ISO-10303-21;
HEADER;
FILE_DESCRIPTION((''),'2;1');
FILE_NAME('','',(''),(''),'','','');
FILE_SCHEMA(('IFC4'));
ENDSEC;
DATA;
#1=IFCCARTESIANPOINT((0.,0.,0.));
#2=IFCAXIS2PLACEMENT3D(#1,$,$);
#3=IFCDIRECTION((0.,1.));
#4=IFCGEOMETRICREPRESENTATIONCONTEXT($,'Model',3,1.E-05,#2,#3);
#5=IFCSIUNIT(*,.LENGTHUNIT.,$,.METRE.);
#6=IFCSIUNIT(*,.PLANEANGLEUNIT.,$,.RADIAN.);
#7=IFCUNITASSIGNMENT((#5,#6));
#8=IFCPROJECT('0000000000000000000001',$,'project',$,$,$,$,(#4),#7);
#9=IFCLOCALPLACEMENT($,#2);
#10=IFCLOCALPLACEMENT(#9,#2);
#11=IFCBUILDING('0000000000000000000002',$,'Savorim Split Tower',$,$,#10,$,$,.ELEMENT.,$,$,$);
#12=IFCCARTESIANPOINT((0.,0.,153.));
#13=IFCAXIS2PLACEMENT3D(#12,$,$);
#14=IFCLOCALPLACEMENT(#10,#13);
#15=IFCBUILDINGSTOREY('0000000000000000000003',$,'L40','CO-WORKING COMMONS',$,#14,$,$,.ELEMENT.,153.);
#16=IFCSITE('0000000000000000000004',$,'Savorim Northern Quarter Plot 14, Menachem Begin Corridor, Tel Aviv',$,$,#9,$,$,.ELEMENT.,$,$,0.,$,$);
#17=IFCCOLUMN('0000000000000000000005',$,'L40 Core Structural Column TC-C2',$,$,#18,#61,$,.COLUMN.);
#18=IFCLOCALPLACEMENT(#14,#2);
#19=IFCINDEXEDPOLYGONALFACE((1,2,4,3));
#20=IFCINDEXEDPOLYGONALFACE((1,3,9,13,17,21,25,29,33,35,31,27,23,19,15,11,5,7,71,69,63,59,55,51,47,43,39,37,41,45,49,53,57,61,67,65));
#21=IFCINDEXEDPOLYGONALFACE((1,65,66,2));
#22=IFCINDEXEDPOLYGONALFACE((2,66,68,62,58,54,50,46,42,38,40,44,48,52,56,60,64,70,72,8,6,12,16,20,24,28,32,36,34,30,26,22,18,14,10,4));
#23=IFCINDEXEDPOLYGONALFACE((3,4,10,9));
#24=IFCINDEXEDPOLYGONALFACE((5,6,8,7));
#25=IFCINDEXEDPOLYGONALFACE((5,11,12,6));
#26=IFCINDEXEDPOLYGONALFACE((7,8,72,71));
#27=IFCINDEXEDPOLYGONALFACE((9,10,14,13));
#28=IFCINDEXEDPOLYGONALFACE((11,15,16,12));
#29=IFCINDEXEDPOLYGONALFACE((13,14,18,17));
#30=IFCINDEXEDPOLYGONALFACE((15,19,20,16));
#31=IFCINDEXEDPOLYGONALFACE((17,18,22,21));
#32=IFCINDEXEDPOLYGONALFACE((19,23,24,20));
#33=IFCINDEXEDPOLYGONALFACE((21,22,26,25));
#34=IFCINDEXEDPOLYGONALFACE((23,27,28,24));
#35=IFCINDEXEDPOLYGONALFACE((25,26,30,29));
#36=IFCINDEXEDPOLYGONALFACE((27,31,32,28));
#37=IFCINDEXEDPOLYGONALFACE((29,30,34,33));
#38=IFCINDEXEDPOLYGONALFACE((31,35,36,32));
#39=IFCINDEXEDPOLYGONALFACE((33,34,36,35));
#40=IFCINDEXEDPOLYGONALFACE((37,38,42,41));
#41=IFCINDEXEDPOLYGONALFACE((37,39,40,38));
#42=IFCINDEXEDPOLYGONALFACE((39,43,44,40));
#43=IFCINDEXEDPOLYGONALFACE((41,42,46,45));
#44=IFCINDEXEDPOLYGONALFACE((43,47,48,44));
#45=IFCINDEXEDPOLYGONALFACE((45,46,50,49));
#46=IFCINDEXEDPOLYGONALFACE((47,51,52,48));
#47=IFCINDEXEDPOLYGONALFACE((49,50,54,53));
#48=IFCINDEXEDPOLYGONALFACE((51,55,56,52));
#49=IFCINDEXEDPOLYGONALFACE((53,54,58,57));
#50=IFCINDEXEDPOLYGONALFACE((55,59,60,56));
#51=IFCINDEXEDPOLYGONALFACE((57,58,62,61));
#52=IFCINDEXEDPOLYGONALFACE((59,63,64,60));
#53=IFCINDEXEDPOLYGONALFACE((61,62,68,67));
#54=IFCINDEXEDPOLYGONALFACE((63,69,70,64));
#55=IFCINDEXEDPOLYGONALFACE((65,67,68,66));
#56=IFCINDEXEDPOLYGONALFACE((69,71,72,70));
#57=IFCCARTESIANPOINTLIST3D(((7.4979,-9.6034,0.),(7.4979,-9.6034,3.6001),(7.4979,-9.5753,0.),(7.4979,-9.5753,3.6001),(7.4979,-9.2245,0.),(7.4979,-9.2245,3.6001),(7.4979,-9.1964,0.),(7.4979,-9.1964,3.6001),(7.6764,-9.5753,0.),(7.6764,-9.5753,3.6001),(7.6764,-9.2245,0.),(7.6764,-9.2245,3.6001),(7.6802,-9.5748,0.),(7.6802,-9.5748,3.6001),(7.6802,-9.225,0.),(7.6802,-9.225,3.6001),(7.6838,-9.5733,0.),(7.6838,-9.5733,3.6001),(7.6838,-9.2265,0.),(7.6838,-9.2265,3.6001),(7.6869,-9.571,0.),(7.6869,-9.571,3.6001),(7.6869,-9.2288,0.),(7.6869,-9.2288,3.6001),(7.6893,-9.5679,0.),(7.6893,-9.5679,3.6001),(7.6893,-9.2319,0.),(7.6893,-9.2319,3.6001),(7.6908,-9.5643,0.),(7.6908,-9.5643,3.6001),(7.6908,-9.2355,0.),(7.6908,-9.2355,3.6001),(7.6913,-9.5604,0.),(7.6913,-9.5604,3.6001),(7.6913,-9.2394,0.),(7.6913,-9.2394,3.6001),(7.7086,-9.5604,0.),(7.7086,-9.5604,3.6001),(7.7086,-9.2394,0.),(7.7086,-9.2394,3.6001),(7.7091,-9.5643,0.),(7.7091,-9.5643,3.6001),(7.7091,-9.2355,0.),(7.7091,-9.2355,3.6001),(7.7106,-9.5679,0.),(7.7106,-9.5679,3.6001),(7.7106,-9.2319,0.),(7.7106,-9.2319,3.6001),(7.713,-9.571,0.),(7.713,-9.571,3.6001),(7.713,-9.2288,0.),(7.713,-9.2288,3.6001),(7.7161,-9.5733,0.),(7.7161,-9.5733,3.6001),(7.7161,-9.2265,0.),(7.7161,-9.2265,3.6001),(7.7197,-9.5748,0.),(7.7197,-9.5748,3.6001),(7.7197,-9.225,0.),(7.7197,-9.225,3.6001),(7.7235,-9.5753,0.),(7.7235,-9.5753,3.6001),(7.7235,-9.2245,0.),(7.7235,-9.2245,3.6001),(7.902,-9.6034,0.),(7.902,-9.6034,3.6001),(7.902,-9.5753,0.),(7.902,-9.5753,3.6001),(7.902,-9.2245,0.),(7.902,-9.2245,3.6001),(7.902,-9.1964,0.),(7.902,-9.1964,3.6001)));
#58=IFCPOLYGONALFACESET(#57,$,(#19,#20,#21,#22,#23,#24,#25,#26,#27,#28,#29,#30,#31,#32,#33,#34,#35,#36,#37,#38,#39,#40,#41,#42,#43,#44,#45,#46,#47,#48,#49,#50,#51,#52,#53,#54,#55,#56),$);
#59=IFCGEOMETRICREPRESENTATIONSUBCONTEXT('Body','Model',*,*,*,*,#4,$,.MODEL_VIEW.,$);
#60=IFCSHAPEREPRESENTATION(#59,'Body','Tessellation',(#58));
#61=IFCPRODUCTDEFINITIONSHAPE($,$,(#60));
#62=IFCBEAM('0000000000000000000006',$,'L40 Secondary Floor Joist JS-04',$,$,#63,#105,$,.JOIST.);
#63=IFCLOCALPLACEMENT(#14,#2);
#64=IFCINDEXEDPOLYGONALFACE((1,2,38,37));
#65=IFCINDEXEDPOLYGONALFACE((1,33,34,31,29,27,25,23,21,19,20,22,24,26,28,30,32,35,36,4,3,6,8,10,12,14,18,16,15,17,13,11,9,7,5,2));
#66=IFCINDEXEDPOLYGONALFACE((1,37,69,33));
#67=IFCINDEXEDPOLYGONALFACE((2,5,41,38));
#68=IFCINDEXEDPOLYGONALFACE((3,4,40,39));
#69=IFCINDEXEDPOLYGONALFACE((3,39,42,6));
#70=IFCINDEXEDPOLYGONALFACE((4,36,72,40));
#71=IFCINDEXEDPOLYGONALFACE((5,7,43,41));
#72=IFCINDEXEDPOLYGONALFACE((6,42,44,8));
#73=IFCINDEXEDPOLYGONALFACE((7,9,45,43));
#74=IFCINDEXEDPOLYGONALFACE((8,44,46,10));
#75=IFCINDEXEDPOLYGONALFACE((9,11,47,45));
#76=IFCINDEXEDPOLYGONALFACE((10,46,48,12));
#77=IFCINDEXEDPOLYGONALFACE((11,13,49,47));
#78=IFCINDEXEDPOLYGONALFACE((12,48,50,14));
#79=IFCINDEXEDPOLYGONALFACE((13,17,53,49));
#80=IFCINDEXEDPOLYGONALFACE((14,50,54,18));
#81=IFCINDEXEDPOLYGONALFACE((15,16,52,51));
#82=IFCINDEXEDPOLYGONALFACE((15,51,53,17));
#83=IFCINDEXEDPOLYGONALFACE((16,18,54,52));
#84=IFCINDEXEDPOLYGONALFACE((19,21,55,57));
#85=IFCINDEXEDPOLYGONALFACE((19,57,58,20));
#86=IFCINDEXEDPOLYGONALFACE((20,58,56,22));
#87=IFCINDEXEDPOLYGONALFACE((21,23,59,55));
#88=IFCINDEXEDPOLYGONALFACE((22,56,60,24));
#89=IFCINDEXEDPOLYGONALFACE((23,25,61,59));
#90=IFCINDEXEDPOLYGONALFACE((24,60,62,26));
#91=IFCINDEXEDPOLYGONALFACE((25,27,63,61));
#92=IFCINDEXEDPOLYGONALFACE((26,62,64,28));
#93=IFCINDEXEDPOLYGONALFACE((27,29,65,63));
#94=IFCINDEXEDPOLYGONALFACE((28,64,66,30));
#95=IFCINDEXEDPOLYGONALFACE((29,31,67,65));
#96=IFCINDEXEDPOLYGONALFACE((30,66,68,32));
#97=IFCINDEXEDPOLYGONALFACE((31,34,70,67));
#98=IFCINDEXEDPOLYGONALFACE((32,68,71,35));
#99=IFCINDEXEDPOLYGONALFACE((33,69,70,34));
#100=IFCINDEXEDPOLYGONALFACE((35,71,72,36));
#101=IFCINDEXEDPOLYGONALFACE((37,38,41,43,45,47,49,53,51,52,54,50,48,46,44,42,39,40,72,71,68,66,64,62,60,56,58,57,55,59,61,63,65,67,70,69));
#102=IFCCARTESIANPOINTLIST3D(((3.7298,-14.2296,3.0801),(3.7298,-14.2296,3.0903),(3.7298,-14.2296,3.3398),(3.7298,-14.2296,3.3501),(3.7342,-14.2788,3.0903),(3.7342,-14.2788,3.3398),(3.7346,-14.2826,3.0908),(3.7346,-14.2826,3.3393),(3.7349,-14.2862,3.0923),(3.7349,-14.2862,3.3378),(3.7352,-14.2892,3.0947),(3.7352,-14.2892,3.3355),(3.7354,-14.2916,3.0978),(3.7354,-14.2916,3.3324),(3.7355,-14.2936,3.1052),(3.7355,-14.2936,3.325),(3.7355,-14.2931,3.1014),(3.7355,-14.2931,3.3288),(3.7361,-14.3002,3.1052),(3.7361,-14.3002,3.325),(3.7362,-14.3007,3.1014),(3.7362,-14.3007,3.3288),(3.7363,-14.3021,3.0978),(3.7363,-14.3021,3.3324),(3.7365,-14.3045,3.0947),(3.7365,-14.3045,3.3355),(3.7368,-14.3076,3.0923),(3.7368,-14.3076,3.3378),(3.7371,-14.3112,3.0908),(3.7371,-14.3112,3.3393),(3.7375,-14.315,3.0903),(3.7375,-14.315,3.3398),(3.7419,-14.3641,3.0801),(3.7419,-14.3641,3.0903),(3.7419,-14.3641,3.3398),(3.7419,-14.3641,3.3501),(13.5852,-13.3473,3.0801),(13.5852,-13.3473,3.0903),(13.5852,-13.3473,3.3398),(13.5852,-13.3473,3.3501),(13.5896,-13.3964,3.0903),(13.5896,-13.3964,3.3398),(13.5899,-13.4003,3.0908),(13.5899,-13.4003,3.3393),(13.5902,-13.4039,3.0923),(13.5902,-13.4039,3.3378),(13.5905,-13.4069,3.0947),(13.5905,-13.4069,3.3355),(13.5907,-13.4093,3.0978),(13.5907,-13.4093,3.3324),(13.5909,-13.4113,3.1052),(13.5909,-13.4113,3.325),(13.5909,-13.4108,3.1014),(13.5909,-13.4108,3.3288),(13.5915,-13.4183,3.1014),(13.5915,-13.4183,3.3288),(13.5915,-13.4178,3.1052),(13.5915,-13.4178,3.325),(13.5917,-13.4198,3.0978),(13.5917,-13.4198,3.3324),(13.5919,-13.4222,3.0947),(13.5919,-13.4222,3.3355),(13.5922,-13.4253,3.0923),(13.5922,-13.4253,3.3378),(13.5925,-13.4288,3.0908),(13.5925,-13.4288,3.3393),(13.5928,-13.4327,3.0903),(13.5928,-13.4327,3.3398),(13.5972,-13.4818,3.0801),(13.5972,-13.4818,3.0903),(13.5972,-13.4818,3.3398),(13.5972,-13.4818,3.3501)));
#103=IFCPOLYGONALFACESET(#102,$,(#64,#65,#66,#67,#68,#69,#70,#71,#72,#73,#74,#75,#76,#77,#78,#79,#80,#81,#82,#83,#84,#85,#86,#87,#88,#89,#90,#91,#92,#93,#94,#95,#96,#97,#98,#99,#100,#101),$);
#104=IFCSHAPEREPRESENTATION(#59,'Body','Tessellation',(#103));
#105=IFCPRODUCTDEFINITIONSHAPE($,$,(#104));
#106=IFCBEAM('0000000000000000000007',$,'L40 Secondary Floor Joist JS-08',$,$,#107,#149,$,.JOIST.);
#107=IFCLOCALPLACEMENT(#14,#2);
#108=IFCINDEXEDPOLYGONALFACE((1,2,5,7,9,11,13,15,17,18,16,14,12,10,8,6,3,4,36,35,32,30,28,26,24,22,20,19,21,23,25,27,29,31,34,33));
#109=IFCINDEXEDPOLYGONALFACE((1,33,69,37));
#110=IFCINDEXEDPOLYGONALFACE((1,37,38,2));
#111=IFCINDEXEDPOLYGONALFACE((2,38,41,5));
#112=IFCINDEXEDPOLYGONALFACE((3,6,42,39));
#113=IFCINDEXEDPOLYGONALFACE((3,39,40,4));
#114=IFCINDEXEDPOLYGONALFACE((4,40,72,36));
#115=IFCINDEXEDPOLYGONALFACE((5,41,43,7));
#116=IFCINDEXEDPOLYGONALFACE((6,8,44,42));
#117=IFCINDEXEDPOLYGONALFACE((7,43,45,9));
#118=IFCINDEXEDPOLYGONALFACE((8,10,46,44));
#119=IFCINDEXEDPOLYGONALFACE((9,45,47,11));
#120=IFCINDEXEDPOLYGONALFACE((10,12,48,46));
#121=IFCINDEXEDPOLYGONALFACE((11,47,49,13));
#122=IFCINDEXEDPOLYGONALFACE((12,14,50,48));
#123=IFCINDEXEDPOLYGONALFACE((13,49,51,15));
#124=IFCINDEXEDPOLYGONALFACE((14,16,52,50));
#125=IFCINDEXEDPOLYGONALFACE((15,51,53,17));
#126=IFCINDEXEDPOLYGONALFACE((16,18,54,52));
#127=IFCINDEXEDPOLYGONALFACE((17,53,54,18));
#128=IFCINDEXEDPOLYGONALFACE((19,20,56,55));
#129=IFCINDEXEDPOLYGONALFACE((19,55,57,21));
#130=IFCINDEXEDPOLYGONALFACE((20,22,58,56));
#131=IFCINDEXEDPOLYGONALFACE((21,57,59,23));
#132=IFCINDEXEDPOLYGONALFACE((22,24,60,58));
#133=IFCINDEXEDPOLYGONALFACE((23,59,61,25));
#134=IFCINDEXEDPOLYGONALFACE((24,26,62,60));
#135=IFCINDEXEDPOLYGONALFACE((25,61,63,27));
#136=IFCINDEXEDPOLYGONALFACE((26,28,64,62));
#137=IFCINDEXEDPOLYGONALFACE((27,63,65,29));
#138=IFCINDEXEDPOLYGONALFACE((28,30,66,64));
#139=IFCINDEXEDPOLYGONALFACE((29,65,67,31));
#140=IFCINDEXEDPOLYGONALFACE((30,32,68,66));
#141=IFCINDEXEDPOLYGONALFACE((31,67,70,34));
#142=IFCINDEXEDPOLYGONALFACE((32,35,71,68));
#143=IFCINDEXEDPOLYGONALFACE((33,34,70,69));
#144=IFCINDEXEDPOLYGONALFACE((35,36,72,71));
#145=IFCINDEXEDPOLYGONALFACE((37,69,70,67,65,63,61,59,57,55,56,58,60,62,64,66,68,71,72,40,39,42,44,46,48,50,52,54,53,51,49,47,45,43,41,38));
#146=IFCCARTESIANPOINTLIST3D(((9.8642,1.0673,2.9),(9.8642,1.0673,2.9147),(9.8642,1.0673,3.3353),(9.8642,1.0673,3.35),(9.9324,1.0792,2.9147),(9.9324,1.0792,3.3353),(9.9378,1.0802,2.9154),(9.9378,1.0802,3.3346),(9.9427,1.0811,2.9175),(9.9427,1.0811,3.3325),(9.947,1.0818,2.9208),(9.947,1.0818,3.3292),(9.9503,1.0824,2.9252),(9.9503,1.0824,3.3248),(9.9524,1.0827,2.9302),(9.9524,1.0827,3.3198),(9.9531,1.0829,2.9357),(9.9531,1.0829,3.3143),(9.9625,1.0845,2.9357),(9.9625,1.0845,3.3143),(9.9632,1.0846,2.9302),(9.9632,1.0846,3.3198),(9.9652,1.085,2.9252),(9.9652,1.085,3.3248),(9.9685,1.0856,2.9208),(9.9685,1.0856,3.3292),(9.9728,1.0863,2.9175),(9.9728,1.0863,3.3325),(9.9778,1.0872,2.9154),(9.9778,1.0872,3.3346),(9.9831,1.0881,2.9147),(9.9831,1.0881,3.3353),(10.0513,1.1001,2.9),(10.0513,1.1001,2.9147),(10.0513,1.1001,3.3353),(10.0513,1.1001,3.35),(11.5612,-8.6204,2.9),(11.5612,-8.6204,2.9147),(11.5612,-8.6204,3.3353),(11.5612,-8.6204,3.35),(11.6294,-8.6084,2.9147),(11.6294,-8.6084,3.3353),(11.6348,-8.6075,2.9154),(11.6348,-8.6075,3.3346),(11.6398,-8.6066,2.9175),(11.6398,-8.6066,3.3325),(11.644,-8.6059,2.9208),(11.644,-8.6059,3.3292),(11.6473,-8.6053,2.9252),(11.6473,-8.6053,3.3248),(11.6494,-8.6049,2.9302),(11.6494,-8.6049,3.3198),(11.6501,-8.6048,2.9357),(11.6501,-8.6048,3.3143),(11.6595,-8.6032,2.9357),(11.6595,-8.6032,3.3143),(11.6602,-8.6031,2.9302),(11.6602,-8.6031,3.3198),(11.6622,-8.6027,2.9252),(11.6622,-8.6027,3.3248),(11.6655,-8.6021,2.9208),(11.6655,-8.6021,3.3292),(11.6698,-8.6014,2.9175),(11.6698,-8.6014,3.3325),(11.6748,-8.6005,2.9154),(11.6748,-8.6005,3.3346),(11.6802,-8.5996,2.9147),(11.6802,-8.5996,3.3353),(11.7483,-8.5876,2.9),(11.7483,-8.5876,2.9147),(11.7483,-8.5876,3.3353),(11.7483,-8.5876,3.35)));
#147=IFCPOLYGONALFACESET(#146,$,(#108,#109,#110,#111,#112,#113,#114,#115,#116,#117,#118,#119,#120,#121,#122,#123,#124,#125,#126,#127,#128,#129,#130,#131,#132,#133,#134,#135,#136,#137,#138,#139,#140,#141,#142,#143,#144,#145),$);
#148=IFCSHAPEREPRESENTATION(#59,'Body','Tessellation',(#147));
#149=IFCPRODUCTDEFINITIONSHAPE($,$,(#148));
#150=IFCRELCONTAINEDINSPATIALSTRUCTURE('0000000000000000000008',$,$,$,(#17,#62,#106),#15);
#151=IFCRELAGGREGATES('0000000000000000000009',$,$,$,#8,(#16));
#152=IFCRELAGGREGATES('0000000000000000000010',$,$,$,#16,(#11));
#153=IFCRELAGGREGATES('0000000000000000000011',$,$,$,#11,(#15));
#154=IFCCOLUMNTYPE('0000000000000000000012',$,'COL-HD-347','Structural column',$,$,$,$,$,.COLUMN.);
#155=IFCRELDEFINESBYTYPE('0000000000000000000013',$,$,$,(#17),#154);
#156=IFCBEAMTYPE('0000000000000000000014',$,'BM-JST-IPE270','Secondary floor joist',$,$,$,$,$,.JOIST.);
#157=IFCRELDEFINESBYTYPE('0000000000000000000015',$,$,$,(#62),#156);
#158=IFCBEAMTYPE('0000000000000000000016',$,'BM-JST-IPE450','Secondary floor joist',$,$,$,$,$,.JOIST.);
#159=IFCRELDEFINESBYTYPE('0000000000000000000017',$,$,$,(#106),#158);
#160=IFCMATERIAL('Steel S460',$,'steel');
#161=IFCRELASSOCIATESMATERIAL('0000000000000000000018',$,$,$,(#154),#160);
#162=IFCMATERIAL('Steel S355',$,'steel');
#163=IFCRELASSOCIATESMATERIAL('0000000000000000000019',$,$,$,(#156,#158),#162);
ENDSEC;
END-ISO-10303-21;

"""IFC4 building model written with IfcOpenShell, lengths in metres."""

from ifc_helpers import new_model, si_unit, direction, frame, origin, origin_2d, place, context, subcontext, project, spatial, i_section, extrude, material, material_profile, profile_set, type_object, element, save


model = new_model("IFC4")

# Units and contexts
model_context = context("Model", 3, precision=1e-05, world=origin(), true_north=direction((0.0, 1.0)))
body_context = subcontext(model_context, "Body", "Model", "MODEL_VIEW")
ifc_project = project(units=[si_unit("LENGTHUNIT", "METRE"), si_unit("PLANEANGLEUNIT", "RADIAN")], contexts=[model_context])

# Site, building, storey
site_placement = place(None, origin())
site = spatial("IfcSite", under=ifc_project, at=site_placement, Name="Savorim Northern Quarter Plot 14, Menachem Begin Corridor, Tel Aviv", CompositionType="ELEMENT", RefElevation=0.0)
building_placement = place(site_placement, origin())
building = spatial("IfcBuilding", under=site, at=building_placement, Name="Savorim Split Tower", CompositionType="ELEMENT")
storey_placement = place(building_placement, frame((0.0, 0.0, 153.0)))
storey = spatial("IfcBuildingStorey", under=building, at=storey_placement, Name="L40", Description="CO-WORKING COMMONS", CompositionType="ELEMENT", Elevation=153.0)

# Column
ifc_material_1 = material(Name="Steel S460", Category="steel")
ifc_material_profile_1 = material_profile(ifc_material_1, i_section(OverallWidth=0.4041, OverallDepth=0.407, WebThickness=0.0173, FlangeThickness=0.0281, FilletRadius=0.0149, at=origin_2d()), Name="HD 400x347")
ifc_profile_set_1 = profile_set([ifc_material_profile_1], Name="Steel S460")
column_type = type_object("IfcColumnType", Name="COL-HD-347", Description="Structural column", PredefinedType="COLUMN", material=ifc_profile_set_1)
column_placement = place(storey_placement, frame((7.7, -9.3999, 0.0), z_axis=(0.0, 0.0, 1.0), x_axis=(1.0, 0.0, 0.0)))
element("IfcColumn", 1, at=column_placement, inside=storey, type_object=column_type, Name="L40 Core Structural Column TC-C2", PredefinedType="COLUMN", context=body_context, shape_type="SweptSolid", body=[
    extrude(i_section(OverallWidth=0.4041, OverallDepth=0.407, WebThickness=0.0173, FlangeThickness=0.0281, FilletRadius=0.0149, at=origin_2d()), origin(), (0.0, 0.0, 1.0), 3.6001),
])

# Beams
ifc_material_2 = material(Name="Steel S355", Category="steel")
ifc_material_profile_2 = material_profile(ifc_material_2, i_section(OverallWidth=0.135, OverallDepth=0.27, WebThickness=0.0066, FlangeThickness=0.0103, FilletRadius=0.0149, at=origin_2d()), Name="IPE 270")
ifc_profile_set_2 = profile_set([ifc_material_profile_2], Name="Steel S355")
beam_type_1 = type_object("IfcBeamType", Name="BM-JST-IPE270", Description="Secondary floor joist", PredefinedType="JOIST", material=ifc_profile_set_2)
beam_1_placement = place(storey_placement, frame((3.7358, -14.2969, 3.2151), z_axis=(0.996016, 0.08917, 0.0), x_axis=(-0.08917, 0.996016, 0.0)))
element("IfcBeam", 2, at=beam_1_placement, inside=storey, type_object=beam_type_1, Name="L40 Secondary Floor Joist JS-04", PredefinedType="JOIST", context=body_context, shape_type="SweptSolid", body=[
    extrude(i_section(OverallWidth=0.135, OverallDepth=0.27, WebThickness=0.0066, FlangeThickness=0.0103, FilletRadius=0.0149, at=origin_2d()), origin(), (0.0, 0.0, 1.0), 9.8948),
])
ifc_material_profile_3 = material_profile(ifc_material_2, i_section(OverallWidth=0.1899, OverallDepth=0.45, WebThickness=0.0095, FlangeThickness=0.0146, FilletRadius=0.021, at=origin_2d()), Name="IPE 450")
ifc_profile_set_3 = profile_set([ifc_material_profile_3], Name="Steel S355")
beam_type_2 = type_object("IfcBeamType", Name="BM-JST-IPE450", Description="Secondary floor joist", PredefinedType="JOIST", material=ifc_profile_set_3)
beam_2_placement = place(storey_placement, frame((11.6548, -8.604, 3.125), z_axis=(-0.172545, 0.985002, 0.0), x_axis=(-0.985002, -0.172545, 0.0)))
element("IfcBeam", 3, at=beam_2_placement, inside=storey, type_object=beam_type_2, Name="L40 Secondary Floor Joist JS-08", PredefinedType="JOIST", context=body_context, shape_type="SweptSolid", body=[
    extrude(i_section(OverallWidth=0.1899, OverallDepth=0.45, WebThickness=0.0095, FlangeThickness=0.0146, FilletRadius=0.021, at=origin_2d()), origin(), (0.0, 0.0, 1.0), 9.8352),
])

save(model, "model.ifc")
